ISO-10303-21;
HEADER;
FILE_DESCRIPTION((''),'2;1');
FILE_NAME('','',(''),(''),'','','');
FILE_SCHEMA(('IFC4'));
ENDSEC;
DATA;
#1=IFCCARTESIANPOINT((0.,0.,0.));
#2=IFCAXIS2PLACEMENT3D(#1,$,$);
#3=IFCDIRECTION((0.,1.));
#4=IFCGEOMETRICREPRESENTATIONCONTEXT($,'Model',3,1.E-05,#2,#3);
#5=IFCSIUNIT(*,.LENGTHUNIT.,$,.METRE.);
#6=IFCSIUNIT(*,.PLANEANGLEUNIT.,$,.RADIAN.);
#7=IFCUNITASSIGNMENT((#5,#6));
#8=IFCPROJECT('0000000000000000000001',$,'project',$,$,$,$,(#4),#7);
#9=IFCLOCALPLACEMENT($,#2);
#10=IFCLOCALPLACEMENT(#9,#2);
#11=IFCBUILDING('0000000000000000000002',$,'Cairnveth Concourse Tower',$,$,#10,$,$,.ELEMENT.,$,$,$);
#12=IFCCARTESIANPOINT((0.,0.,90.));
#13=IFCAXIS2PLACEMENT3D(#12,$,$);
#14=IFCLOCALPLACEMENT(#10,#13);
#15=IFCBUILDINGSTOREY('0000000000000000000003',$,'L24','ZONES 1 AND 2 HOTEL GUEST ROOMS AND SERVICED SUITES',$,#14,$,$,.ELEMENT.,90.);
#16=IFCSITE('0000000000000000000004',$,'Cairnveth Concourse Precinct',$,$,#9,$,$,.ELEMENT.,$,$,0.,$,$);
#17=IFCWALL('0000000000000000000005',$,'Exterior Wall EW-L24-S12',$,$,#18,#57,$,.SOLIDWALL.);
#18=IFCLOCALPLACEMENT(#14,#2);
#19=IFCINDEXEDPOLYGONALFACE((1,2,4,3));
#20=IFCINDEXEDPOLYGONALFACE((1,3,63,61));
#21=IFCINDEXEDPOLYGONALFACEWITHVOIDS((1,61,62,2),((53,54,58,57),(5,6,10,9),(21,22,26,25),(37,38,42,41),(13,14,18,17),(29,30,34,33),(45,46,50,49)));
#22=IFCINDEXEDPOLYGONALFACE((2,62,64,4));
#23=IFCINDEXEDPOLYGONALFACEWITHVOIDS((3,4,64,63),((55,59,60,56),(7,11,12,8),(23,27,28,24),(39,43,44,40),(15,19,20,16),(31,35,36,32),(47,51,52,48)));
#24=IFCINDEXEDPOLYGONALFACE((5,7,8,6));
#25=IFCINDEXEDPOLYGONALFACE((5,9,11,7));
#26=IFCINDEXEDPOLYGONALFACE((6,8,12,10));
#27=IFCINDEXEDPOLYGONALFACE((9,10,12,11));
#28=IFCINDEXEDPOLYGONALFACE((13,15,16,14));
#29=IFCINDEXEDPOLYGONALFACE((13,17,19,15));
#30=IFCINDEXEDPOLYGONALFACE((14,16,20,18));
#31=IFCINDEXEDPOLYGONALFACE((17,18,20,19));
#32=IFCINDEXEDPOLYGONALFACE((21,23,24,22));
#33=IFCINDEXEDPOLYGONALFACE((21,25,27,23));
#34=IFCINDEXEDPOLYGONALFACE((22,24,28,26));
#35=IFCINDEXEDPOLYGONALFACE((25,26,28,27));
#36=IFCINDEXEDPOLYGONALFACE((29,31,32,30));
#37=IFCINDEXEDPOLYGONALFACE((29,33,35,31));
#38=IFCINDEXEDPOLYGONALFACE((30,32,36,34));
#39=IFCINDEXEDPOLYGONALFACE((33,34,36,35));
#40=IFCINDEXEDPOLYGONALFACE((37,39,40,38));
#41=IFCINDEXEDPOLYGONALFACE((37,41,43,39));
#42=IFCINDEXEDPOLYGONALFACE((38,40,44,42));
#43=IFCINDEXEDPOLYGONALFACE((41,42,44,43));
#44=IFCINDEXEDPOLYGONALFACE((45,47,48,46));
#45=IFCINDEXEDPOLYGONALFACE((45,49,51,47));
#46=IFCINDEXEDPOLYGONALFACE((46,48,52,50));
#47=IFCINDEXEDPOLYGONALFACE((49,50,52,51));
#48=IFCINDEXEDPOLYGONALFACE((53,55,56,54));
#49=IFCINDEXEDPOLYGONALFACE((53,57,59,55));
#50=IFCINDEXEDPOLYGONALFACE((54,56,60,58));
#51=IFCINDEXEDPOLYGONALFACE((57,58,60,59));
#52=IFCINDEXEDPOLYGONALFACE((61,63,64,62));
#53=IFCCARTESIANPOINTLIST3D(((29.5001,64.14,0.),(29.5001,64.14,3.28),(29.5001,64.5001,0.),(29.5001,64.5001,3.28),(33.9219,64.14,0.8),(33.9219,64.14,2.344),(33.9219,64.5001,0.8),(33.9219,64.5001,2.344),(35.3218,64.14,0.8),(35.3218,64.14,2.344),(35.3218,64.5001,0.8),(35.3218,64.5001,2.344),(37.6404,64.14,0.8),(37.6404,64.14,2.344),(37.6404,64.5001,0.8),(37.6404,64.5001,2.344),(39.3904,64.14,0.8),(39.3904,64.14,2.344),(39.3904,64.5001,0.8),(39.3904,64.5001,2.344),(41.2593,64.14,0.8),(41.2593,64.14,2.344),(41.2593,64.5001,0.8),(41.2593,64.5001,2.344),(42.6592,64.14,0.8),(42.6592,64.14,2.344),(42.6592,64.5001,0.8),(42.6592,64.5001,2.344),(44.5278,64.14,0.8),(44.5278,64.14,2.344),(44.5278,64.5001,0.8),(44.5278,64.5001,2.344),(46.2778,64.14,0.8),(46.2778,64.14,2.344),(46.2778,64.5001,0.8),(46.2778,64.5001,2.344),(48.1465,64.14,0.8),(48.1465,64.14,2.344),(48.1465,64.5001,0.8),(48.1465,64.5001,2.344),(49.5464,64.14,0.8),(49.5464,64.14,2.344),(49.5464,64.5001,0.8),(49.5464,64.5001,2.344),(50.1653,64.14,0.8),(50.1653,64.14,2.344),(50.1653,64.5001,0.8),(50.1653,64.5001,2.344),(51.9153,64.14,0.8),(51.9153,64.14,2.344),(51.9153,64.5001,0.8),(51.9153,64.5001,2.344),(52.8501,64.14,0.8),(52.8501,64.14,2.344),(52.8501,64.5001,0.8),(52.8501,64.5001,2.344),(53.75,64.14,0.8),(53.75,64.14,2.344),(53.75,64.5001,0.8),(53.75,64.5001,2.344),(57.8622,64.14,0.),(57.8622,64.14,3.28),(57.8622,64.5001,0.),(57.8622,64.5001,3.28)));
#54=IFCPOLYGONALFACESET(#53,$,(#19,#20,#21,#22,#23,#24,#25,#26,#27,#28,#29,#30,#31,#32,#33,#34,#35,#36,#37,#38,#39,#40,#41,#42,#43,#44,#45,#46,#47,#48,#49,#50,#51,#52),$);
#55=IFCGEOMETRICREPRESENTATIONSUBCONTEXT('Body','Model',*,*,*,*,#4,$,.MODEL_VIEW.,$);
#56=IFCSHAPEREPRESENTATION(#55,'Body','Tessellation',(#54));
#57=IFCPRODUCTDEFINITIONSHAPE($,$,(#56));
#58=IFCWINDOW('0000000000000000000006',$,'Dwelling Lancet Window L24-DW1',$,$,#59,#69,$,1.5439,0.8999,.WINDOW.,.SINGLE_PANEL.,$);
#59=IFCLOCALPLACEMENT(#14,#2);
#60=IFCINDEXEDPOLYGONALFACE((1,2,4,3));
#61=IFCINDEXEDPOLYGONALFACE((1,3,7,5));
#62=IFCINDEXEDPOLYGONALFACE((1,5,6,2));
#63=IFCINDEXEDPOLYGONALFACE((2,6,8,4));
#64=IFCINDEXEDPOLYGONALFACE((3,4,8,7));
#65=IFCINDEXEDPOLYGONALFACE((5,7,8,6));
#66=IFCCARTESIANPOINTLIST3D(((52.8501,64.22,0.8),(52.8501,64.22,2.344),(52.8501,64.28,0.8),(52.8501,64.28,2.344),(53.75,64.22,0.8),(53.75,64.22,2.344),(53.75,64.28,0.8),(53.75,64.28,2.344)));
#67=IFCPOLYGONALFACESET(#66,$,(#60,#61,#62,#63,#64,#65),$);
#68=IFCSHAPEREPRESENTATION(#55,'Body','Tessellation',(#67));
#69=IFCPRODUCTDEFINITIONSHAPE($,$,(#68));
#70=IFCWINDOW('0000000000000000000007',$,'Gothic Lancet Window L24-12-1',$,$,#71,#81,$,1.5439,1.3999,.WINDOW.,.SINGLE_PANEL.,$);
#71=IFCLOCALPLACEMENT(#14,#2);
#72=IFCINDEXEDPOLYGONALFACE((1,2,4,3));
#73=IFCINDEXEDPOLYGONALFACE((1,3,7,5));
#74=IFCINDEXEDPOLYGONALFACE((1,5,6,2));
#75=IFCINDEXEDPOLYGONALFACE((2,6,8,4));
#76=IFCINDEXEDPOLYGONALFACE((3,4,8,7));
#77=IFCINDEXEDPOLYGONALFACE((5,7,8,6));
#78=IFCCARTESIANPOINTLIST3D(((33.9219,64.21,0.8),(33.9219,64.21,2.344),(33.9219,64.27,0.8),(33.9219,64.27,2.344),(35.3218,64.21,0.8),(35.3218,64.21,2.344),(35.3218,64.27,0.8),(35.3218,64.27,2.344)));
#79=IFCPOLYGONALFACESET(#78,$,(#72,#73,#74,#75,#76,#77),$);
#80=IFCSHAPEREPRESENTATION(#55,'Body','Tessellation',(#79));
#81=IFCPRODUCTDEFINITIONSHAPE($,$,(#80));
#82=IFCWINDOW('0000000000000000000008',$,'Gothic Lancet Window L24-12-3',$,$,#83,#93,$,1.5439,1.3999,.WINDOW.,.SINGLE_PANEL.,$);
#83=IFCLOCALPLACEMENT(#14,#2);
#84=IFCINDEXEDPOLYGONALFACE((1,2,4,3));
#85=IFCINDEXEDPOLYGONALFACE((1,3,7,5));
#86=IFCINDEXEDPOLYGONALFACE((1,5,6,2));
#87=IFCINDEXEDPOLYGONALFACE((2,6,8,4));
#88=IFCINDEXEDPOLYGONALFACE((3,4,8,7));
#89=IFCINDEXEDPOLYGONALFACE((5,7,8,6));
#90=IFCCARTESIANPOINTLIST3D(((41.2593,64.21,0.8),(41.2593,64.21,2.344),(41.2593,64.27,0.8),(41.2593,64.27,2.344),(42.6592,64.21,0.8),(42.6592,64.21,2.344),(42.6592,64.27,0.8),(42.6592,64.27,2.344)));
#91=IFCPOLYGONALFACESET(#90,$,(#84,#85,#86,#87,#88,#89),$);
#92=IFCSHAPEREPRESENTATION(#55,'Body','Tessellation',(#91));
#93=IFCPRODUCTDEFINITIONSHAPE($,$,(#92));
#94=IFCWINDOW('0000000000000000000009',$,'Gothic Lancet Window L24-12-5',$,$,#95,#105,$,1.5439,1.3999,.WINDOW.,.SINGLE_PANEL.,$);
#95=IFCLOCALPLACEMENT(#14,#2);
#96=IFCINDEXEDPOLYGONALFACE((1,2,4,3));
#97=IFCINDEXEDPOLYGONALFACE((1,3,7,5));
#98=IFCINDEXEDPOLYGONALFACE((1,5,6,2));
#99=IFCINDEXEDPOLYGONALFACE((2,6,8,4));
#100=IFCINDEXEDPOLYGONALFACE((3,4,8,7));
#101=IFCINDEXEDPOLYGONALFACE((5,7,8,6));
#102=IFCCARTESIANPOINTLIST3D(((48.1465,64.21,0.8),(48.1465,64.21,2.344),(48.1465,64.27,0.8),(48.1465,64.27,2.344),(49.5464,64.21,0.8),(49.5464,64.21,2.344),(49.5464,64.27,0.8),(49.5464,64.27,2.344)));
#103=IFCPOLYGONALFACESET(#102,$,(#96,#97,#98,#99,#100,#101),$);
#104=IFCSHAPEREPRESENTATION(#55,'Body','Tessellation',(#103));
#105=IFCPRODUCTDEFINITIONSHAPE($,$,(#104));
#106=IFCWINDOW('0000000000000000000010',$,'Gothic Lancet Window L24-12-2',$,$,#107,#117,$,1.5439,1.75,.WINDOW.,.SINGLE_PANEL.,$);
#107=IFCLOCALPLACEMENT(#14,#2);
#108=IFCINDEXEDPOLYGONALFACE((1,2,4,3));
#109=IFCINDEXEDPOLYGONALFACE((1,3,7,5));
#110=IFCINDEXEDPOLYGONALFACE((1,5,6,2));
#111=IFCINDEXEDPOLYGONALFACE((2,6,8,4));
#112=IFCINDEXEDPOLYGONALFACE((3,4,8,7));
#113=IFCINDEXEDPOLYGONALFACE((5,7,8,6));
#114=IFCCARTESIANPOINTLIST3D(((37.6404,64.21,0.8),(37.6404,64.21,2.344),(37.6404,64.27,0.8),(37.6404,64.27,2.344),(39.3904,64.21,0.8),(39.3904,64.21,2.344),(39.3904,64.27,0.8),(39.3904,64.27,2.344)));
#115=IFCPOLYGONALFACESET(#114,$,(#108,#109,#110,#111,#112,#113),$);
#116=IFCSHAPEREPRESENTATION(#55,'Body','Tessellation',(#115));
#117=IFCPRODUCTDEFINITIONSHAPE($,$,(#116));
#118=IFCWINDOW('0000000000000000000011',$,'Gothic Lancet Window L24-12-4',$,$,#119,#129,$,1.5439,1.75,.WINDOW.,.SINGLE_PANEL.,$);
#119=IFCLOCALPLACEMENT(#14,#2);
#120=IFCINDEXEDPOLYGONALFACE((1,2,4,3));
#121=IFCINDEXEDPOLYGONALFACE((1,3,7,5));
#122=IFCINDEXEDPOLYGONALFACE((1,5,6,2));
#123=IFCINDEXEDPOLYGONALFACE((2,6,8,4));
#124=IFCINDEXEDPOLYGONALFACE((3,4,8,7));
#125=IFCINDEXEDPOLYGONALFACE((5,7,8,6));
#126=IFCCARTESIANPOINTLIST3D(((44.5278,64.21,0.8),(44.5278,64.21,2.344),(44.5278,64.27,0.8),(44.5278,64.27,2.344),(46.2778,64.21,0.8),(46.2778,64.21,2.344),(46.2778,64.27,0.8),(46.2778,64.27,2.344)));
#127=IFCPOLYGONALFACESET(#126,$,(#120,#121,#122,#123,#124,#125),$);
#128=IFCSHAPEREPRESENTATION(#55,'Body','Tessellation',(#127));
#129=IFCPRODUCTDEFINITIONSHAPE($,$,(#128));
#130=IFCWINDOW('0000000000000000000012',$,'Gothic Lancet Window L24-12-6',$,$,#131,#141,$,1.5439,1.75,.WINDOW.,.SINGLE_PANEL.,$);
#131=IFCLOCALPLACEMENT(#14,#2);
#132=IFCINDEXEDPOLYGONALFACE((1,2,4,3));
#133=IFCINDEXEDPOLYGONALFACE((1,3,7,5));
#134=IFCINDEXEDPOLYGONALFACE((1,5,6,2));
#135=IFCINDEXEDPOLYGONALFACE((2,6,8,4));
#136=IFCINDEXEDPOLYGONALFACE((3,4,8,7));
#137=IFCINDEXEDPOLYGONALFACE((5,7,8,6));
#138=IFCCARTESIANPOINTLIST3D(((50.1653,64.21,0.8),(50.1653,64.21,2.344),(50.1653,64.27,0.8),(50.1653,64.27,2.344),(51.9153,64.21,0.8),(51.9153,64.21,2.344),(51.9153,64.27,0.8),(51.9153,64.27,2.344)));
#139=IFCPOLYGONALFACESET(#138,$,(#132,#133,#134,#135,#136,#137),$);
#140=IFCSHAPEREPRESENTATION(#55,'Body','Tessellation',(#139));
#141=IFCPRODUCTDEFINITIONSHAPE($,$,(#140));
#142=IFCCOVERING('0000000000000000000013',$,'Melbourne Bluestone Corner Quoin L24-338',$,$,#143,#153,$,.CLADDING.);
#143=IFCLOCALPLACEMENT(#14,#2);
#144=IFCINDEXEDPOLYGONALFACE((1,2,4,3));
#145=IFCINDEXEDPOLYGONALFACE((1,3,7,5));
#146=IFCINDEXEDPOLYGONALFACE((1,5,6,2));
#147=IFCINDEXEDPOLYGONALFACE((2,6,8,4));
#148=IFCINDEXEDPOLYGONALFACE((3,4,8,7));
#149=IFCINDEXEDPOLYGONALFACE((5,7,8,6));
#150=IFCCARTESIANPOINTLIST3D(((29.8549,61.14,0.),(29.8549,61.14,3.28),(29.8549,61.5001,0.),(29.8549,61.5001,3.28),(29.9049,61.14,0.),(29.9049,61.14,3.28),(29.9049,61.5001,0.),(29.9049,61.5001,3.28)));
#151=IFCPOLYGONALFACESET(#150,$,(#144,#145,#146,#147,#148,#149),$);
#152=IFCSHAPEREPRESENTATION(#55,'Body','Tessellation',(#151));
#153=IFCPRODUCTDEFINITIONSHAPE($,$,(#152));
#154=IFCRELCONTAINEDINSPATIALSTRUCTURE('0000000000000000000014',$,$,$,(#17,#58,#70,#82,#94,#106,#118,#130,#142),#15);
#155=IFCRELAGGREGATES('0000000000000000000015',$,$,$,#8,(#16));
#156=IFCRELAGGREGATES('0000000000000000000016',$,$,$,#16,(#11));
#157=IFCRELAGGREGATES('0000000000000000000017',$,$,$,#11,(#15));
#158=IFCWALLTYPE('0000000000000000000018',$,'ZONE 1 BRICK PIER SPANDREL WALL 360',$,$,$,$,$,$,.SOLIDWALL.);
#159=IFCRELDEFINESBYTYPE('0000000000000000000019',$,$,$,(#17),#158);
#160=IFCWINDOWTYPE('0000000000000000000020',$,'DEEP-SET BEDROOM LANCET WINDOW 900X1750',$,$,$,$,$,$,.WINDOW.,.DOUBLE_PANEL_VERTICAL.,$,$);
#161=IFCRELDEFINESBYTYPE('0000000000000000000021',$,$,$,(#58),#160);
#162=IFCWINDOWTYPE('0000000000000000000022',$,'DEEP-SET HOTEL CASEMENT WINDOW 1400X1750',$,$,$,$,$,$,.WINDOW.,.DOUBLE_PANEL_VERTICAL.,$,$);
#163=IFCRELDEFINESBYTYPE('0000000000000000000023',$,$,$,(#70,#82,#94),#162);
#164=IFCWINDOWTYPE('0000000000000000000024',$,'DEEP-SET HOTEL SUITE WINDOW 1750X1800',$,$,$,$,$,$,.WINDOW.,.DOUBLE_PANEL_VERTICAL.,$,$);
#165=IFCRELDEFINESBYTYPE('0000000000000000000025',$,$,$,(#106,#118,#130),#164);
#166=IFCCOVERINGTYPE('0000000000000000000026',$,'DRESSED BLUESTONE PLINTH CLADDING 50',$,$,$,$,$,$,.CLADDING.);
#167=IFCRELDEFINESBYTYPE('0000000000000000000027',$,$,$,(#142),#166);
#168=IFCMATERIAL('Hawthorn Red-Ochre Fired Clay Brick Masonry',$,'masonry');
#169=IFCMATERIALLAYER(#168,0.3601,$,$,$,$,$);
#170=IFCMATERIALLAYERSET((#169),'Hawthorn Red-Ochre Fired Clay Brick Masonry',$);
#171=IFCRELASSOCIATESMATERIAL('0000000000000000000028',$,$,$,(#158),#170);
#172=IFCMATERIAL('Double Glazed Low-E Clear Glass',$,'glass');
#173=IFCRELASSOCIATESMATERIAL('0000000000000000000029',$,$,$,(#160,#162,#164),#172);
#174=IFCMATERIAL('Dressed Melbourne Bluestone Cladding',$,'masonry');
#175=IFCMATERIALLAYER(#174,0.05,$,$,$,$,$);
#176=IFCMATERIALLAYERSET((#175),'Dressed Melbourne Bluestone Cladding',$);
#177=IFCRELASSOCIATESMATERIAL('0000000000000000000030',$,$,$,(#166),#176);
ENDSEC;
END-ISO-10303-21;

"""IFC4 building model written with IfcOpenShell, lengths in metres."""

from ifc_helpers import new_model, si_unit, direction, frame, frame_2d, origin, place, context, subcontext, project, spatial, rectangle, extrude, material, layer, layer_set, type_object, element, fill, save


model = new_model("IFC4")

# Units and contexts
model_context = context("Model", 3, precision=1e-05, world=origin(), true_north=direction((0.0, 1.0)))
body_context = subcontext(model_context, "Body", "Model", "MODEL_VIEW")
ifc_project = project(units=[si_unit("LENGTHUNIT", "METRE"), si_unit("PLANEANGLEUNIT", "RADIAN")], contexts=[model_context])

# Site, building, storey
site_placement = place(None, origin())
site = spatial("IfcSite", under=ifc_project, at=site_placement, Name="Cairnveth Concourse Precinct", CompositionType="ELEMENT", RefElevation=0.0)
building_placement = place(site_placement, origin())
building = spatial("IfcBuilding", under=site, at=building_placement, Name="Cairnveth Concourse Tower", CompositionType="ELEMENT")
storey_placement = place(building_placement, frame((0.0, 0.0, 90.0)))
storey = spatial("IfcBuildingStorey", under=building, at=storey_placement, Name="L24", Description="ZONES 1 AND 2 HOTEL GUEST ROOMS AND SERVICED SUITES", CompositionType="ELEMENT", Elevation=90.0)

# Shared definitions
ifc_material_1 = material(Name="Hawthorn Red-Ochre Fired Clay Brick Masonry", Category="masonry")
ifc_layer_1 = layer(ifc_material_1, 0.3601)
ifc_layer_set_1 = layer_set([ifc_layer_1], Name="Hawthorn Red-Ochre Fired Clay Brick Masonry")
wall_type_1 = type_object("IfcWallType", Name="ZONE 1 BRICK PIER SPANDREL WALL 360", PredefinedType="SOLIDWALL", material=ifc_layer_set_1)

# Wall, openings, windows
wall_1_placement = place(storey_placement, frame((29.5, 64.3201, 0.0), z_axis=(0.0, 0.0, 1.0), x_axis=(1.0, 0.0, 0.0)))
wall_1 = element("IfcWall", 1, at=wall_1_placement, inside=storey, type_object=wall_type_1, Name="Exterior Wall EW-L24-S12", PredefinedType="SOLIDWALL", context=body_context, shape_type="SweptSolid", body=[
    extrude(rectangle(XDim=28.3621, YDim=0.3601, at=frame_2d((14.1812, 0.0))), origin(), (0.0, 0.0, 1.0), 3.28),
])
opening_1_placement = place(wall_1_placement, frame((4.4219, 0.0, 0.8)))
opening_1 = element("IfcOpeningElement", 2, at=opening_1_placement, cuts=wall_1, PredefinedType="OPENING", context=body_context, shape_type="SweptSolid", body=[
    extrude(rectangle(XDim=1.3999, YDim=1.5439, at=frame_2d((0.7, 0.772))), frame((0.0, 0.1899, 0.0), z_axis=(0.0, -1.0, 0.0), x_axis=(1.0, 0.0, 0.0)), (0.0, 0.0, 1.0), 0.3801),
])
opening_2_placement = place(wall_1_placement, frame((8.1404, 0.0, 0.8)))
opening_2 = element("IfcOpeningElement", 3, at=opening_2_placement, cuts=wall_1, PredefinedType="OPENING", context=body_context, shape_type="SweptSolid", body=[
    extrude(rectangle(XDim=1.75, YDim=1.5439, at=frame_2d((0.875, 0.772))), frame((0.0, 0.1899, 0.0), z_axis=(0.0, -1.0, 0.0), x_axis=(1.0, 0.0, 0.0)), (0.0, 0.0, 1.0), 0.3801),
])
opening_3_placement = place(wall_1_placement, frame((11.7593, 0.0, 0.8)))
opening_3 = element("IfcOpeningElement", 4, at=opening_3_placement, cuts=wall_1, PredefinedType="OPENING", context=body_context, shape_type="SweptSolid", body=[
    extrude(rectangle(XDim=1.3999, YDim=1.5439, at=frame_2d((0.7, 0.772))), frame((0.0, 0.1899, 0.0), z_axis=(0.0, -1.0, 0.0), x_axis=(1.0, 0.0, 0.0)), (0.0, 0.0, 1.0), 0.3801),
])
opening_4_placement = place(wall_1_placement, frame((15.0278, 0.0, 0.8)))
opening_4 = element("IfcOpeningElement", 5, at=opening_4_placement, cuts=wall_1, PredefinedType="OPENING", context=body_context, shape_type="SweptSolid", body=[
    extrude(rectangle(XDim=1.75, YDim=1.5439, at=frame_2d((0.875, 0.772))), frame((0.0, 0.1899, 0.0), z_axis=(0.0, -1.0, 0.0), x_axis=(1.0, 0.0, 0.0)), (0.0, 0.0, 1.0), 0.3801),
])
opening_5_placement = place(wall_1_placement, frame((18.6465, 0.0, 0.8)))
opening_5 = element("IfcOpeningElement", 6, at=opening_5_placement, cuts=wall_1, PredefinedType="OPENING", context=body_context, shape_type="SweptSolid", body=[
    extrude(rectangle(XDim=1.3999, YDim=1.5439, at=frame_2d((0.7, 0.772))), frame((0.0, 0.1899, 0.0), z_axis=(0.0, -1.0, 0.0), x_axis=(1.0, 0.0, 0.0)), (0.0, 0.0, 1.0), 0.3801),
])
opening_6_placement = place(wall_1_placement, frame((20.6653, 0.0, 0.8)))
opening_6 = element("IfcOpeningElement", 7, at=opening_6_placement, cuts=wall_1, PredefinedType="OPENING", context=body_context, shape_type="SweptSolid", body=[
    extrude(rectangle(XDim=1.75, YDim=1.5439, at=frame_2d((0.875, 0.772))), frame((0.0, 0.1899, 0.0), z_axis=(0.0, -1.0, 0.0), x_axis=(1.0, 0.0, 0.0)), (0.0, 0.0, 1.0), 0.3801),
])
opening_7_placement = place(wall_1_placement, frame((23.3501, 0.0, 0.8)))
opening_7 = element("IfcOpeningElement", 8, at=opening_7_placement, cuts=wall_1, PredefinedType="OPENING", context=body_context, shape_type="SweptSolid", body=[
    extrude(rectangle(XDim=0.8999, YDim=1.5439, at=frame_2d((0.45, 0.772))), frame((0.0, 0.1899, 0.0), z_axis=(0.0, -1.0, 0.0), x_axis=(1.0, 0.0, 0.0)), (0.0, 0.0, 1.0), 0.3801),
])
ifc_material_2 = material(Name="Double Glazed Low-E Clear Glass", Category="glass")
window_type_1 = type_object("IfcWindowType", Name="DEEP-SET BEDROOM LANCET WINDOW 900X1750", PartitioningType="DOUBLE_PANEL_VERTICAL", PredefinedType="WINDOW", material=ifc_material_2)
window_1_placement = place(opening_7_placement, origin())
window_1 = element("IfcWindow", 9, at=window_1_placement, inside=storey, type_object=window_type_1, Name="Dwelling Lancet Window L24-DW1", OverallHeight=1.5439, OverallWidth=0.8999, PartitioningType="SINGLE_PANEL", PredefinedType="WINDOW", context=body_context, shape_type="SweptSolid", body=[
    extrude(rectangle(XDim=0.8999, YDim=1.5439, at=frame_2d((0.45, 0.772))), frame((0.0, -0.04, 0.0), z_axis=(0.0, -1.0, 0.0), x_axis=(1.0, 0.0, 0.0)), (0.0, 0.0, 1.0), 0.0601),
])
fill(opening_7, window_1)
window_type_2 = type_object("IfcWindowType", Name="DEEP-SET HOTEL CASEMENT WINDOW 1400X1750", PartitioningType="DOUBLE_PANEL_VERTICAL", PredefinedType="WINDOW", material=ifc_material_2)
window_2_placement = place(opening_1_placement, origin())
window_2 = element("IfcWindow", 10, at=window_2_placement, inside=storey, type_object=window_type_2, Name="Gothic Lancet Window L24-12-1", OverallHeight=1.5439, OverallWidth=1.3999, PartitioningType="SINGLE_PANEL", PredefinedType="WINDOW", context=body_context, shape_type="SweptSolid", body=[
    extrude(rectangle(XDim=1.3999, YDim=1.5439, at=frame_2d((0.7, 0.772))), frame((0.0, -0.05, 0.0), z_axis=(0.0, -1.0, 0.0), x_axis=(1.0, 0.0, 0.0)), (0.0, 0.0, 1.0), 0.0601),
])
fill(opening_1, window_2)
window_3_placement = place(opening_3_placement, origin())
window_3 = element("IfcWindow", 11, at=window_3_placement, inside=storey, type_object=window_type_2, Name="Gothic Lancet Window L24-12-3", OverallHeight=1.5439, OverallWidth=1.3999, PartitioningType="SINGLE_PANEL", PredefinedType="WINDOW", context=body_context, shape_type="SweptSolid", body=[
    extrude(rectangle(XDim=1.3999, YDim=1.5439, at=frame_2d((0.7, 0.772))), frame((0.0, -0.05, 0.0), z_axis=(0.0, -1.0, 0.0), x_axis=(1.0, 0.0, 0.0)), (0.0, 0.0, 1.0), 0.0601),
])
fill(opening_3, window_3)
window_4_placement = place(opening_5_placement, origin())
window_4 = element("IfcWindow", 12, at=window_4_placement, inside=storey, type_object=window_type_2, Name="Gothic Lancet Window L24-12-5", OverallHeight=1.5439, OverallWidth=1.3999, PartitioningType="SINGLE_PANEL", PredefinedType="WINDOW", context=body_context, shape_type="SweptSolid", body=[
    extrude(rectangle(XDim=1.3999, YDim=1.5439, at=frame_2d((0.7, 0.772))), frame((0.0, -0.05, 0.0), z_axis=(0.0, -1.0, 0.0), x_axis=(1.0, 0.0, 0.0)), (0.0, 0.0, 1.0), 0.0601),
])
fill(opening_5, window_4)
window_type_3 = type_object("IfcWindowType", Name="DEEP-SET HOTEL SUITE WINDOW 1750X1800", PartitioningType="DOUBLE_PANEL_VERTICAL", PredefinedType="WINDOW", material=ifc_material_2)
window_5_placement = place(opening_2_placement, origin())
window_5 = element("IfcWindow", 13, at=window_5_placement, inside=storey, type_object=window_type_3, Name="Gothic Lancet Window L24-12-2", OverallHeight=1.5439, OverallWidth=1.75, PartitioningType="SINGLE_PANEL", PredefinedType="WINDOW", context=body_context, shape_type="SweptSolid", body=[
    extrude(rectangle(XDim=1.75, YDim=1.5439, at=frame_2d((0.875, 0.772))), frame((0.0, -0.05, 0.0), z_axis=(0.0, -1.0, 0.0), x_axis=(1.0, 0.0, 0.0)), (0.0, 0.0, 1.0), 0.0601),
])
fill(opening_2, window_5)
window_6_placement = place(opening_4_placement, origin())
window_6 = element("IfcWindow", 14, at=window_6_placement, inside=storey, type_object=window_type_3, Name="Gothic Lancet Window L24-12-4", OverallHeight=1.5439, OverallWidth=1.75, PartitioningType="SINGLE_PANEL", PredefinedType="WINDOW", context=body_context, shape_type="SweptSolid", body=[
    extrude(rectangle(XDim=1.75, YDim=1.5439, at=frame_2d((0.875, 0.772))), frame((0.0, -0.05, 0.0), z_axis=(0.0, -1.0, 0.0), x_axis=(1.0, 0.0, 0.0)), (0.0, 0.0, 1.0), 0.0601),
])
fill(opening_4, window_6)
window_7_placement = place(opening_6_placement, origin())
window_7 = element("IfcWindow", 15, at=window_7_placement, inside=storey, type_object=window_type_3, Name="Gothic Lancet Window L24-12-6", OverallHeight=1.5439, OverallWidth=1.75, PartitioningType="SINGLE_PANEL", PredefinedType="WINDOW", context=body_context, shape_type="SweptSolid", body=[
    extrude(rectangle(XDim=1.75, YDim=1.5439, at=frame_2d((0.875, 0.772))), frame((0.0, -0.05, 0.0), z_axis=(0.0, -1.0, 0.0), x_axis=(1.0, 0.0, 0.0)), (0.0, 0.0, 1.0), 0.0601),
])
fill(opening_6, window_7)

# Covering
ifc_material_3 = material(Name="Dressed Melbourne Bluestone Cladding", Category="masonry")
ifc_layer_2 = layer(ifc_material_3, 0.05)
ifc_layer_set_2 = layer_set([ifc_layer_2], Name="Dressed Melbourne Bluestone Cladding")
covering_type = type_object("IfcCoveringType", Name="DRESSED BLUESTONE PLINTH CLADDING 50", PredefinedType="CLADDING", material=ifc_layer_set_2)
covering_placement = place(storey_placement, frame((29.8799, 61.1399, 0.0), z_axis=(0.0, 0.0, 1.0), x_axis=(0.0, 1.0, 0.0)))
element("IfcCovering", 16, at=covering_placement, inside=storey, type_object=covering_type, Name="Melbourne Bluestone Corner Quoin L24-338", PredefinedType="CLADDING", context=body_context, shape_type="SweptSolid", body=[
    extrude(rectangle(XDim=0.3601, YDim=0.05, at=frame_2d((0.1802, 0.0))), origin(), (0.0, 0.0, 1.0), 3.28),
])

save(model, "model.ifc")
